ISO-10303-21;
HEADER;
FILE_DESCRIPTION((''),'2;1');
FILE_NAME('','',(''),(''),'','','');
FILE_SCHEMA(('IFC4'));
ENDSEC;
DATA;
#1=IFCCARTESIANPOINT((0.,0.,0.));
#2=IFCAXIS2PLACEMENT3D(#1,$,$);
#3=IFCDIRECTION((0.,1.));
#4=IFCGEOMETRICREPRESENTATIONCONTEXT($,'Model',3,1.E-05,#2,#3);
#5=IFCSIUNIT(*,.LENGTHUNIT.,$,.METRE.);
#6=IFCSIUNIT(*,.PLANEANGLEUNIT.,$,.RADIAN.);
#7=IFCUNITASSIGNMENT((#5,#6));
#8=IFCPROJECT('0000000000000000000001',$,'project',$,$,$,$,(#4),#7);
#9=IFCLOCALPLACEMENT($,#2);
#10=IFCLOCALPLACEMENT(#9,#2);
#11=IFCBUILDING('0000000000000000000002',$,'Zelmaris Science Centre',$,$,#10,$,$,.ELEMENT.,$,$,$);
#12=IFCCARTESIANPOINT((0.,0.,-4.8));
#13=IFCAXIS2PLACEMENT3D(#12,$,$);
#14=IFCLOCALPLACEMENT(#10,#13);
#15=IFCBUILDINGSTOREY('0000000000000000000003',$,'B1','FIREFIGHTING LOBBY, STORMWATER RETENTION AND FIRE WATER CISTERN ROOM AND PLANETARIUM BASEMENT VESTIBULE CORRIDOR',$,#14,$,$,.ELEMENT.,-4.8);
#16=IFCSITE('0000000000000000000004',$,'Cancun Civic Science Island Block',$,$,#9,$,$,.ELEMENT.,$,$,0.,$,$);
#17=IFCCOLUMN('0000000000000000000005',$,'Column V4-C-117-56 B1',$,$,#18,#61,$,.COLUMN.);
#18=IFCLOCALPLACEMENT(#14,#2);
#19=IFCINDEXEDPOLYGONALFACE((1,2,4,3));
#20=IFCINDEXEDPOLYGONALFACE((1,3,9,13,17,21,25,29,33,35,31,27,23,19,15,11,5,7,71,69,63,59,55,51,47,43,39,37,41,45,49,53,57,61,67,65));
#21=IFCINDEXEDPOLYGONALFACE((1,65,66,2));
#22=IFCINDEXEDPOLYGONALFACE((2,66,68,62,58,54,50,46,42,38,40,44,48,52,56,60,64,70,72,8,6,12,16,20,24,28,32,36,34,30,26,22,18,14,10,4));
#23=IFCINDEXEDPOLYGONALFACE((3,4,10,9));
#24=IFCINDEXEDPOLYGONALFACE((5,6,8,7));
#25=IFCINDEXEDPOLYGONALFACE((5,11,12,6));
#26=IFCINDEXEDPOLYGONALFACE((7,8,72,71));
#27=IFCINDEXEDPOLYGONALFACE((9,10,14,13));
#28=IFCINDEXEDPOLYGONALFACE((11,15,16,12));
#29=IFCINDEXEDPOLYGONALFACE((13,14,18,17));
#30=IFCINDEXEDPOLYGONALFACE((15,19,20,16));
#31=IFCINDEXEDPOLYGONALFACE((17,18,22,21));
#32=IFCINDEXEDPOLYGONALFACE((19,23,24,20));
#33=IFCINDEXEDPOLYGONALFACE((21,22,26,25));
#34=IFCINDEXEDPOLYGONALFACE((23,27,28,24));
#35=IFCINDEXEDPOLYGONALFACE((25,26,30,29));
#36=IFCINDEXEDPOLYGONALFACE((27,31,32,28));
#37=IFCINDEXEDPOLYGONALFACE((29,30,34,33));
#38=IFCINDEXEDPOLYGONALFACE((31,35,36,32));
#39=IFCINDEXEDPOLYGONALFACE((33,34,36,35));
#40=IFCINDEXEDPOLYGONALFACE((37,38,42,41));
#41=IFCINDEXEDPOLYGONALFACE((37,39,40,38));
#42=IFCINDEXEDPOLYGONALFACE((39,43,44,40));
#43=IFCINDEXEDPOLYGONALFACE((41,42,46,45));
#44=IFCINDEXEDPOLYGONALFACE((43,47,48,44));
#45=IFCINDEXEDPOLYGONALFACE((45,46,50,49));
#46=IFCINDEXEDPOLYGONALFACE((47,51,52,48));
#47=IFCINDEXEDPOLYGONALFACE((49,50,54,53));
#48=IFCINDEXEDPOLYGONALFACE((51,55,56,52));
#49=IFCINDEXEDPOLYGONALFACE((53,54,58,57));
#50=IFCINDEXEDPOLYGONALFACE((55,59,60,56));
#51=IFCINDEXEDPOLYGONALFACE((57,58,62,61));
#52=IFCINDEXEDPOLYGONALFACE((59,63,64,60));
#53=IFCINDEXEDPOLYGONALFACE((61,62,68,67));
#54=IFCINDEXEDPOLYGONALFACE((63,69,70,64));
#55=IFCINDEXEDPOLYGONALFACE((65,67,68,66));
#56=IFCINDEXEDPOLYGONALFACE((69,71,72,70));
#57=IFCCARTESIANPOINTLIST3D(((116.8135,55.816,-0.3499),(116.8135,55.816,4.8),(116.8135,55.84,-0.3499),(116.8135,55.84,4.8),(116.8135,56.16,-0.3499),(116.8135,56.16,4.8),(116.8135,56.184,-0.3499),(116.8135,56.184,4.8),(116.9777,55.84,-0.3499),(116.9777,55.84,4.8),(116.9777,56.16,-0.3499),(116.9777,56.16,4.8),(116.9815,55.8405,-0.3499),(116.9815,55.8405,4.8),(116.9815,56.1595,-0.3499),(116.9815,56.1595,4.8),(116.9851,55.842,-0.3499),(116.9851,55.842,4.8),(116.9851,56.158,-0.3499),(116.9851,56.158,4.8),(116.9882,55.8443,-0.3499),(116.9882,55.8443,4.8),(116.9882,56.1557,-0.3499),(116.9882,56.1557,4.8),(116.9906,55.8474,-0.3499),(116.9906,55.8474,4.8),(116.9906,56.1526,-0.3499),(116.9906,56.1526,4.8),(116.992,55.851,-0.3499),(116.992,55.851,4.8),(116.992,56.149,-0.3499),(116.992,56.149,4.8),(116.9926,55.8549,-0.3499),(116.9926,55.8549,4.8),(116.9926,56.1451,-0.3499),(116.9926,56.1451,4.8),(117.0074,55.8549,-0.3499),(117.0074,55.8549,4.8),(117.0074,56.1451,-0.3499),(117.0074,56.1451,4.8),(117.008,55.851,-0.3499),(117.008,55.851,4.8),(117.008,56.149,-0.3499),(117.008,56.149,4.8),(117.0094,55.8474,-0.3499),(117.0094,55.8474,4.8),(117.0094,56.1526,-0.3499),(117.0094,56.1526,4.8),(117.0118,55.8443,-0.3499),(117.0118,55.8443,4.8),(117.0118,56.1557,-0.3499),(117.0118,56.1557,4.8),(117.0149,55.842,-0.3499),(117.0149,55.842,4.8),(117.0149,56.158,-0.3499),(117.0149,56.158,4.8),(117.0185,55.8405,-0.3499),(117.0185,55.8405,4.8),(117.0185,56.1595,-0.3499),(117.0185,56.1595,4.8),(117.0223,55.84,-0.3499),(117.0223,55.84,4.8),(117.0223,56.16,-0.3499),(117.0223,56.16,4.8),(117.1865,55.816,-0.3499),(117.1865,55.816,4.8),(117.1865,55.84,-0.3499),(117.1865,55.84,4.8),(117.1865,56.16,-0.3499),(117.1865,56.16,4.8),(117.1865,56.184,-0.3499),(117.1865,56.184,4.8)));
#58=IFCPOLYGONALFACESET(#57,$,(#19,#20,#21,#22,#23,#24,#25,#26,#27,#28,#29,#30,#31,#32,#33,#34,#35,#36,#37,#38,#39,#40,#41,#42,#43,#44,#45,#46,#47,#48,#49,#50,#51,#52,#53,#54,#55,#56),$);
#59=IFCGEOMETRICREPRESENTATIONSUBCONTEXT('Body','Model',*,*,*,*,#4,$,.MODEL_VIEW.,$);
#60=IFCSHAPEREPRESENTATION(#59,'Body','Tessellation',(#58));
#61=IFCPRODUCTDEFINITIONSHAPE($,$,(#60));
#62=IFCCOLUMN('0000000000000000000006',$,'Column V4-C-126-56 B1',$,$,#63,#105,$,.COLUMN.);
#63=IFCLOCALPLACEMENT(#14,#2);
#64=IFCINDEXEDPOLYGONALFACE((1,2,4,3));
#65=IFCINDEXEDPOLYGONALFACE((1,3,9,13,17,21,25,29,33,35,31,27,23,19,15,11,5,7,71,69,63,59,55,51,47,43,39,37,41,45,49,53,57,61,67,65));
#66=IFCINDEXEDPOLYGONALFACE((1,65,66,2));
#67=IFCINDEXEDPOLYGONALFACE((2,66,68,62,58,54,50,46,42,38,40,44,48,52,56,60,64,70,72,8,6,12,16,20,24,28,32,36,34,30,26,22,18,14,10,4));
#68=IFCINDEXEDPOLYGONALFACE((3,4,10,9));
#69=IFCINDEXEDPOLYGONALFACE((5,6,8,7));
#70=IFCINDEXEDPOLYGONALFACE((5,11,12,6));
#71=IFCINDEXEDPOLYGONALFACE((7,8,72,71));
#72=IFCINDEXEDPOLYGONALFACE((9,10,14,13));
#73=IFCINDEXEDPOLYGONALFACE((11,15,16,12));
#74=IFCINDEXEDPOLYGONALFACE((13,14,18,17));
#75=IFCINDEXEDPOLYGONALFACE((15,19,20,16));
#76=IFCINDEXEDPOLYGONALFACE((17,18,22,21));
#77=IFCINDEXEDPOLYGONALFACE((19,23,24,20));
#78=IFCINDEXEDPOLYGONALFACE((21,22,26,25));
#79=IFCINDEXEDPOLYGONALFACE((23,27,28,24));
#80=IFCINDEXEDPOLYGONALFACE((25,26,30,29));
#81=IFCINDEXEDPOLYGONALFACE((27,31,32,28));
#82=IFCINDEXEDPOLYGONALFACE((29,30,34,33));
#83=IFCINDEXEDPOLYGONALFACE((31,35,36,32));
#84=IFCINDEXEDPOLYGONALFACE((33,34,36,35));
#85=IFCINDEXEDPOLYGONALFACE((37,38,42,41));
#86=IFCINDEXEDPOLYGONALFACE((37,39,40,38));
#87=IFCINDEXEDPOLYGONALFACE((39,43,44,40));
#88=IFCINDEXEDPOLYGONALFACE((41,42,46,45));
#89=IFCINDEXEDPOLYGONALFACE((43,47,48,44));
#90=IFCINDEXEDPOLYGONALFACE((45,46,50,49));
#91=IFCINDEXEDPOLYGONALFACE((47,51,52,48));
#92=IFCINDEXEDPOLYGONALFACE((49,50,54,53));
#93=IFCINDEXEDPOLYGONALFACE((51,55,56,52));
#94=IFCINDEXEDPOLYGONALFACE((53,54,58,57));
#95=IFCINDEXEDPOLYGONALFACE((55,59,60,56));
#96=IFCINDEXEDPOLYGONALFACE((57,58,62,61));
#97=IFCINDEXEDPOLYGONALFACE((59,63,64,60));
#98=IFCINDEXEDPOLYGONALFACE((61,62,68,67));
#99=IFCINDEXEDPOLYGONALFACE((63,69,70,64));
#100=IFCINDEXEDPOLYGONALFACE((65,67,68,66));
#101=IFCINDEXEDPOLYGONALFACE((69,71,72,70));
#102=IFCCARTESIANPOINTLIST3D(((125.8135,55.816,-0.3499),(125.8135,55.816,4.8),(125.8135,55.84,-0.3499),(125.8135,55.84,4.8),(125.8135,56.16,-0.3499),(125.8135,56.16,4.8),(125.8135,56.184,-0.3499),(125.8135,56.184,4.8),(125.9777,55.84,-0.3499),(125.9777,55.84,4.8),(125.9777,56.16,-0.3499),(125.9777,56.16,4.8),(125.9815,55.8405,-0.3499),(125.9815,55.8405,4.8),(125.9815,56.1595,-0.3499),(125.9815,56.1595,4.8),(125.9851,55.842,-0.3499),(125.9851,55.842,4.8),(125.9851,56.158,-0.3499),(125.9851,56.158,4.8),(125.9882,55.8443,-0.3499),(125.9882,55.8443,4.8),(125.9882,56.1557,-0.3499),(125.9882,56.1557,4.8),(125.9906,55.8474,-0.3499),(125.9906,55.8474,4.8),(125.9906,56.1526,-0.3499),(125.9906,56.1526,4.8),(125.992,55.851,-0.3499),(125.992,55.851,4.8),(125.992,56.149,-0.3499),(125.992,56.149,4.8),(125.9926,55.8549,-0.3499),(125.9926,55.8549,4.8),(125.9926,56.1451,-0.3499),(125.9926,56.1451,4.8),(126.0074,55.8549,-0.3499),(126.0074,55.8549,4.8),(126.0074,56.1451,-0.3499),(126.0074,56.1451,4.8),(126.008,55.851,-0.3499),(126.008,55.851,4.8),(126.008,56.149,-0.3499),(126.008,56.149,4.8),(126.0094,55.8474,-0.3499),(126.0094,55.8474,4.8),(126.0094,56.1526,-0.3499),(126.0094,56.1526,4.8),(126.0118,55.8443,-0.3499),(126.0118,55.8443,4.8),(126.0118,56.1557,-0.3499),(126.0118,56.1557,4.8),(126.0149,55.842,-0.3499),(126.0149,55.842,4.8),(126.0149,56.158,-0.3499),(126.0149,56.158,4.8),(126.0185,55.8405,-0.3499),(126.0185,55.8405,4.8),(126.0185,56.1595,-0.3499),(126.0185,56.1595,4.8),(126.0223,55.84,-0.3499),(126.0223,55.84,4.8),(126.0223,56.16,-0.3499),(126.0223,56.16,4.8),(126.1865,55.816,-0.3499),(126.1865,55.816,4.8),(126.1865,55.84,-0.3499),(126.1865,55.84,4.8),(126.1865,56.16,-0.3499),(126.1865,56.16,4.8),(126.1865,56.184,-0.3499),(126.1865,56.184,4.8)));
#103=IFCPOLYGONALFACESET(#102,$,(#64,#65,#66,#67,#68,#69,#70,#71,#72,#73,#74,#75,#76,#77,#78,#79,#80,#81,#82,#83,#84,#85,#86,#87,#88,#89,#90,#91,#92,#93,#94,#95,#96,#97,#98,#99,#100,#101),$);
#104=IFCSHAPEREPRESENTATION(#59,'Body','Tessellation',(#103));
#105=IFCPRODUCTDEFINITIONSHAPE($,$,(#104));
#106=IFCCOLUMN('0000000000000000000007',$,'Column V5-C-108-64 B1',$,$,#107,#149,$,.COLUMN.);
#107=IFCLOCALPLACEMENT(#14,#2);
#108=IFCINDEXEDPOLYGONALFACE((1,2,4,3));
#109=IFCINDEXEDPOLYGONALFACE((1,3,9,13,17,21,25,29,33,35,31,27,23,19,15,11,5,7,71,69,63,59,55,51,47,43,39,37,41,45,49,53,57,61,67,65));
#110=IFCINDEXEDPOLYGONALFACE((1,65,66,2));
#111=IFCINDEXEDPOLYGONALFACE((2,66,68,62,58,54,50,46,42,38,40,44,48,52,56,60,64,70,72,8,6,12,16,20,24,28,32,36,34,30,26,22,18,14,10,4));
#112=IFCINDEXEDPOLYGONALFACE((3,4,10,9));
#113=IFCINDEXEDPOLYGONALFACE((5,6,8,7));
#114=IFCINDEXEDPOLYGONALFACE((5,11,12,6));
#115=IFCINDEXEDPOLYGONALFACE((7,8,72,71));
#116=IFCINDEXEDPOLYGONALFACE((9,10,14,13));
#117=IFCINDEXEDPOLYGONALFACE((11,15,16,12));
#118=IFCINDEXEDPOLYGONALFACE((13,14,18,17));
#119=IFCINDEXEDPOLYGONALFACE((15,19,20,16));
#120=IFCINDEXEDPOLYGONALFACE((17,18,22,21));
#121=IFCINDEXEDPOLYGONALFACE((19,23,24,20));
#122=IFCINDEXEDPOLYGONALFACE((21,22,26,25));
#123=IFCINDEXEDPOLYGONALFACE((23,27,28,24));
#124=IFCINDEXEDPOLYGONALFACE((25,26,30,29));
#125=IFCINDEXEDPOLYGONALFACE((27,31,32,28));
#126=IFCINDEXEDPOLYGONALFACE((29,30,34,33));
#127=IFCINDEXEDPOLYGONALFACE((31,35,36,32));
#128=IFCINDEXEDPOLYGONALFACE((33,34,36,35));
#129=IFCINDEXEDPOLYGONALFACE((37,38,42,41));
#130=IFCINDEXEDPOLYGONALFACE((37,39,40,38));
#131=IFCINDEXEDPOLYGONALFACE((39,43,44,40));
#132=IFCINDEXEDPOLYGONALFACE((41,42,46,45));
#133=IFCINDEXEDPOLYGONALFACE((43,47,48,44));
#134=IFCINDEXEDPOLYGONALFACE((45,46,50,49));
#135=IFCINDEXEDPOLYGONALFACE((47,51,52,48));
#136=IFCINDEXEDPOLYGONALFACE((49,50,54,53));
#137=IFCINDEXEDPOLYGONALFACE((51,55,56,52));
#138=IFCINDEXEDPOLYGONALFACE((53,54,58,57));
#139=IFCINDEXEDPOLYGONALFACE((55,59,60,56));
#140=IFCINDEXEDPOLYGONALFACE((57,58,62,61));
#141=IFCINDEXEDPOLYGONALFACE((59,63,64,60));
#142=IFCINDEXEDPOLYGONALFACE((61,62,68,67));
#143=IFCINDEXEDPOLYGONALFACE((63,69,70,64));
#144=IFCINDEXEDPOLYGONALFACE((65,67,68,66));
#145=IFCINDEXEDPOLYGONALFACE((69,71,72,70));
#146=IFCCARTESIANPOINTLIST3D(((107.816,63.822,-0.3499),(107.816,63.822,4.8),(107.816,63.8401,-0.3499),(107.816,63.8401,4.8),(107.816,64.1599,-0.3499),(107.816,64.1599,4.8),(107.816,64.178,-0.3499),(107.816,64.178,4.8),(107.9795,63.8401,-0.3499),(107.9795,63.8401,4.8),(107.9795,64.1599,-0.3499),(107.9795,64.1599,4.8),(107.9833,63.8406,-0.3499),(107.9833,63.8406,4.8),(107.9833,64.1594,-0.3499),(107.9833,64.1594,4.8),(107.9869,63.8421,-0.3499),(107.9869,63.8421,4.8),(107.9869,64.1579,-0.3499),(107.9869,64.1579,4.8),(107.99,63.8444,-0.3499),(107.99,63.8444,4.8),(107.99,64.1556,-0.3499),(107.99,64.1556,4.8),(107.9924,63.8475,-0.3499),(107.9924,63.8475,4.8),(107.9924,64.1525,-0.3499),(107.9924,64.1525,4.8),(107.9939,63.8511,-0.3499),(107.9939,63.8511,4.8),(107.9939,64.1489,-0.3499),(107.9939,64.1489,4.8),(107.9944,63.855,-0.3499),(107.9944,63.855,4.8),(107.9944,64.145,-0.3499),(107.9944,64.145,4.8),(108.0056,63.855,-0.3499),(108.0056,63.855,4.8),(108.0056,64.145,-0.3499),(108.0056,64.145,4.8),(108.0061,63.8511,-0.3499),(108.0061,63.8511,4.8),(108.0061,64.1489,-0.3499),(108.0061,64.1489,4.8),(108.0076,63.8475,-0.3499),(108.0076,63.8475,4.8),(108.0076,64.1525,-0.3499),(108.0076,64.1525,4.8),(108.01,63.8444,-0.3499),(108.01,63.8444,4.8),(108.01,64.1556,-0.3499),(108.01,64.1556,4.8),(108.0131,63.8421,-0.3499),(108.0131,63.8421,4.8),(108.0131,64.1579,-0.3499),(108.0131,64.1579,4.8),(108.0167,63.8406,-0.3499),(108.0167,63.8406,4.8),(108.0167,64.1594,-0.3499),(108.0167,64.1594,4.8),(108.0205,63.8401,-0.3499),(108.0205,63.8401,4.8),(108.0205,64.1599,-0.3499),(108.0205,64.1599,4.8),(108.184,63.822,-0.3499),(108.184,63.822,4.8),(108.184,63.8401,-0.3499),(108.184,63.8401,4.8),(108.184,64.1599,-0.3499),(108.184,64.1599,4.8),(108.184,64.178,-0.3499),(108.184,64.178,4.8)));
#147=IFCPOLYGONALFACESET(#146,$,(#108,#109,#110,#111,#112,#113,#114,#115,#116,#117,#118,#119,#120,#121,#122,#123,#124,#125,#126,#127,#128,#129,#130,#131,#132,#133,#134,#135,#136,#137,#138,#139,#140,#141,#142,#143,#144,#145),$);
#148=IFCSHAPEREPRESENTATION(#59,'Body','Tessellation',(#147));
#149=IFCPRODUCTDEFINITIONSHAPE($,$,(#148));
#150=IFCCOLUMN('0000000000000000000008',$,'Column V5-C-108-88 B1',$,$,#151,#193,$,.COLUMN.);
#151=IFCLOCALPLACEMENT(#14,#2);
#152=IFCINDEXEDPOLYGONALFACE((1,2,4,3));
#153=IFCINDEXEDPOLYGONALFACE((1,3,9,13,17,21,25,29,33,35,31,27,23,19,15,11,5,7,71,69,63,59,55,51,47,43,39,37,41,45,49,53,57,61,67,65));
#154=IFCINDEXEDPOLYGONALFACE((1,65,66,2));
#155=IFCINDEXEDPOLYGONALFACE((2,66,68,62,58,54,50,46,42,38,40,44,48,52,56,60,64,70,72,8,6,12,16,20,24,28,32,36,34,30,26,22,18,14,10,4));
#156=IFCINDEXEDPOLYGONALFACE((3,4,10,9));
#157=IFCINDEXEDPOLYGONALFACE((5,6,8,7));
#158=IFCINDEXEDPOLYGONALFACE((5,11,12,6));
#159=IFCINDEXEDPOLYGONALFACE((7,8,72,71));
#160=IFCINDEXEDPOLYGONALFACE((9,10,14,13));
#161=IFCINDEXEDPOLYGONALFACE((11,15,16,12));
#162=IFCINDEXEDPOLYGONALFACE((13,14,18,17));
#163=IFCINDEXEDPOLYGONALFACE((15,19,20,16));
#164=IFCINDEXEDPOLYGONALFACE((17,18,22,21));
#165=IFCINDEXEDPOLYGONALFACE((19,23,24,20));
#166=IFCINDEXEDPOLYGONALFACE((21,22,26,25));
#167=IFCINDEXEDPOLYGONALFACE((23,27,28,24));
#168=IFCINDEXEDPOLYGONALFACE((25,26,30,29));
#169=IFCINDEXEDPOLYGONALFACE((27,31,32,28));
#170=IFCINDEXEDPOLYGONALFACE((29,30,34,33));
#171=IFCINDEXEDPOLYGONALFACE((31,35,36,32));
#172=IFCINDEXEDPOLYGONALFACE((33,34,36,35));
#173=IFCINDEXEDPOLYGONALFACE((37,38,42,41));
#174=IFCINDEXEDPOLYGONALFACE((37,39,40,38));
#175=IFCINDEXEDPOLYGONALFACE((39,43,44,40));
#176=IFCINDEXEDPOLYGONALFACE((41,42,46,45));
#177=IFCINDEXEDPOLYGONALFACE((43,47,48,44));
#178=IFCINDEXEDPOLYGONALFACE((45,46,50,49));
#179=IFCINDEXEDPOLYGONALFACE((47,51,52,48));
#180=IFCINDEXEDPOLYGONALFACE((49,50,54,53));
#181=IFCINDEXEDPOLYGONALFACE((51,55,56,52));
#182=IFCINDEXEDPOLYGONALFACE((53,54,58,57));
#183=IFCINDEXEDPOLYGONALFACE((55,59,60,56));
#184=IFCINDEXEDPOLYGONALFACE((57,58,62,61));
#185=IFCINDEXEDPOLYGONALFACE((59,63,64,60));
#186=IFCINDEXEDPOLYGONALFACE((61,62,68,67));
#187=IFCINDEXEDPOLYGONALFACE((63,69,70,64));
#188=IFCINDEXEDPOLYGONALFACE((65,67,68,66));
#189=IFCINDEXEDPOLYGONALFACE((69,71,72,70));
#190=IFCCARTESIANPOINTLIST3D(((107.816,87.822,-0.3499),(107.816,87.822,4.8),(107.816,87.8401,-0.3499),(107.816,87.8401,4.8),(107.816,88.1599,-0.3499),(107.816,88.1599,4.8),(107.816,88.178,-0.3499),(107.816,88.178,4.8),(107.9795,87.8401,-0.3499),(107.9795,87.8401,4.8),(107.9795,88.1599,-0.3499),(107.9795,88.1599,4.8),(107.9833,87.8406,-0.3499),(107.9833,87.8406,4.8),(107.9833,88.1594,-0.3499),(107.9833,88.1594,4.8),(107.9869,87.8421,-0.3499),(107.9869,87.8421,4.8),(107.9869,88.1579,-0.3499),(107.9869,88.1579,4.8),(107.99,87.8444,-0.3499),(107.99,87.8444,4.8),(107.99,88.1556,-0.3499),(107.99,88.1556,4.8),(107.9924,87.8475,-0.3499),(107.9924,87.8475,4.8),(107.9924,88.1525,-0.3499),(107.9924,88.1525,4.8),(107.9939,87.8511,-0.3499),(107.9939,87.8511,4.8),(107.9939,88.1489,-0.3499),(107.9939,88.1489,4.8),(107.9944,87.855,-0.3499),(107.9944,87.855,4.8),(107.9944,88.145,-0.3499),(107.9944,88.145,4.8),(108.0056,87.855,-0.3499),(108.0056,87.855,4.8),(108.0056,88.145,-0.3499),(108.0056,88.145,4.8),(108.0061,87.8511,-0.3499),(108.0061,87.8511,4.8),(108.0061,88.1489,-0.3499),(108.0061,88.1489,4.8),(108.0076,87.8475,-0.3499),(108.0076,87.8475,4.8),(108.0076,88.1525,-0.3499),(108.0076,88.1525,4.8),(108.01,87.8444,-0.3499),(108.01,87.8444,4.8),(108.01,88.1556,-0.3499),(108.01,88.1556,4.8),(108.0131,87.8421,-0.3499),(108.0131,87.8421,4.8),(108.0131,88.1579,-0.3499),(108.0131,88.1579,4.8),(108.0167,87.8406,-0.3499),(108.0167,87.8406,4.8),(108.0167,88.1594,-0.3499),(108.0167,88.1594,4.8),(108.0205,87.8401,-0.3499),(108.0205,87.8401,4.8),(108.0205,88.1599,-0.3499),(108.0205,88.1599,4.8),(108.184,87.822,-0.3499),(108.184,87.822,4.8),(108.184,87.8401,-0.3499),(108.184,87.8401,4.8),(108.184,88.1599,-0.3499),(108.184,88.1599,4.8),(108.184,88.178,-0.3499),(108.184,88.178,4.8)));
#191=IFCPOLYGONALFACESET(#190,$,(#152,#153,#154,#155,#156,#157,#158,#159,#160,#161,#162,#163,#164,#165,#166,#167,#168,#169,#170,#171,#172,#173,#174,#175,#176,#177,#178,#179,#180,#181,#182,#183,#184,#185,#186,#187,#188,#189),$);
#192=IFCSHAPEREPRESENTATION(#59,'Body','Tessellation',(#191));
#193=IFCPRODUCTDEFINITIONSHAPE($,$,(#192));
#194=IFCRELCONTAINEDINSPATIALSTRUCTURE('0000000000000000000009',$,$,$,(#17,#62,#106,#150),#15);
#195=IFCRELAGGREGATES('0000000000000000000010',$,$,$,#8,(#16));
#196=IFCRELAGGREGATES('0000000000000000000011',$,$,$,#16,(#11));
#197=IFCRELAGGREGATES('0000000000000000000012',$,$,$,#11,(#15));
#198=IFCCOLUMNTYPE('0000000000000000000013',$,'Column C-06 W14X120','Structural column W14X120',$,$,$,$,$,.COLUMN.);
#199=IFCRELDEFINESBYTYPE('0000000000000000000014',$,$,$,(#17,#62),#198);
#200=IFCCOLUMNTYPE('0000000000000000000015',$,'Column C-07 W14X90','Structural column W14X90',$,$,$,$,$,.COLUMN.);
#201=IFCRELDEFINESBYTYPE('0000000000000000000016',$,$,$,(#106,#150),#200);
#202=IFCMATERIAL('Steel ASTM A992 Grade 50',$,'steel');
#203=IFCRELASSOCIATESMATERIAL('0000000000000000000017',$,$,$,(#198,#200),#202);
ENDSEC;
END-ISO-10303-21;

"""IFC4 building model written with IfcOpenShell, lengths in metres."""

from ifc_helpers import new_model, si_unit, direction, frame, origin, origin_2d, place, context, subcontext, project, spatial, i_section, extrude, material, material_profile, profile_set, type_object, element, save


model = new_model("IFC4")

# Units and contexts
model_context = context("Model", 3, precision=1e-05, world=origin(), true_north=direction((0.0, 1.0)))
body_context = subcontext(model_context, "Body", "Model", "MODEL_VIEW")
ifc_project = project(units=[si_unit("LENGTHUNIT", "METRE"), si_unit("PLANEANGLEUNIT", "RADIAN")], contexts=[model_context])

# Site, building, storey
site_placement = place(None, origin())
site = spatial("IfcSite", under=ifc_project, at=site_placement, Name="Cancun Civic Science Island Block", CompositionType="ELEMENT", RefElevation=0.0)
building_placement = place(site_placement, origin())
building = spatial("IfcBuilding", under=site, at=building_placement, Name="Zelmaris Science Centre", CompositionType="ELEMENT")
storey_placement = place(building_placement, frame((0.0, 0.0, -4.8)))
storey = spatial("IfcBuildingStorey", under=building, at=storey_placement, Name="B1", Description="FIREFIGHTING LOBBY, STORMWATER RETENTION AND FIRE WATER CISTERN ROOM AND PLANETARIUM BASEMENT VESTIBULE CORRIDOR", CompositionType="ELEMENT", Elevation=-4.8)

# Columns
ifc_material_1 = material(Name="Steel ASTM A992 Grade 50", Category="steel")
ifc_material_profile_1 = material_profile(ifc_material_1, i_section(OverallWidth=0.373, OverallDepth=0.3679, WebThickness=0.0149, FlangeThickness=0.0239, FilletRadius=0.0149, at=origin_2d()), Name="W14X120")
ifc_profile_set_1 = profile_set([ifc_material_profile_1], Name="Steel ASTM A992 Grade 50")
column_type_1 = type_object("IfcColumnType", Name="Column C-06 W14X120", Description="Structural column W14X120", PredefinedType="COLUMN", material=ifc_profile_set_1)
for number, where, z_axis, x_axis, name in (
    (1, (117.0, 56.0, -0.3499), (0.0, 0.0, 1.0), (1.0, 0.0, 0.0), "Column V4-C-117-56 B1"),
    (2, (126.0, 56.0, -0.3499), (0.0, 0.0, 1.0), (1.0, 0.0, 0.0), "Column V4-C-126-56 B1"),
):
    element("IfcColumn", number, at=place(storey_placement, frame(where, z_axis=z_axis, x_axis=x_axis)), inside=storey, type_object=column_type_1, Name=name, PredefinedType="COLUMN", context=body_context, shape_type="SweptSolid", body=[
        extrude(i_section(OverallWidth=0.373, OverallDepth=0.3679, WebThickness=0.0149, FlangeThickness=0.0239, FilletRadius=0.0149, at=origin_2d()), origin(), (0.0, 0.0, 1.0), 5.1499),
    ])
ifc_material_profile_2 = material_profile(ifc_material_1, i_section(OverallWidth=0.3679, OverallDepth=0.356, WebThickness=0.0112, FlangeThickness=0.0181, FilletRadius=0.0149, at=origin_2d()), Name="W14X90")
ifc_profile_set_2 = profile_set([ifc_material_profile_2], Name="Steel ASTM A992 Grade 50")
column_type_2 = type_object("IfcColumnType", Name="Column C-07 W14X90", Description="Structural column W14X90", PredefinedType="COLUMN", material=ifc_profile_set_2)
for number, where, z_axis, x_axis, name in (
    (3, (108.0, 64.0, -0.3499), (0.0, 0.0, 1.0), (1.0, 0.0, 0.0), "Column V5-C-108-64 B1"),
    (4, (108.0, 88.0, -0.3499), (0.0, 0.0, 1.0), (1.0, 0.0, 0.0), "Column V5-C-108-88 B1"),
):
    element("IfcColumn", number, at=place(storey_placement, frame(where, z_axis=z_axis, x_axis=x_axis)), inside=storey, type_object=column_type_2, Name=name, PredefinedType="COLUMN", context=body_context, shape_type="SweptSolid", body=[
        extrude(i_section(OverallWidth=0.3679, OverallDepth=0.356, WebThickness=0.0112, FlangeThickness=0.0181, FilletRadius=0.0149, at=origin_2d()), origin(), (0.0, 0.0, 1.0), 5.1499),
    ])

save(model, "model.ifc")
